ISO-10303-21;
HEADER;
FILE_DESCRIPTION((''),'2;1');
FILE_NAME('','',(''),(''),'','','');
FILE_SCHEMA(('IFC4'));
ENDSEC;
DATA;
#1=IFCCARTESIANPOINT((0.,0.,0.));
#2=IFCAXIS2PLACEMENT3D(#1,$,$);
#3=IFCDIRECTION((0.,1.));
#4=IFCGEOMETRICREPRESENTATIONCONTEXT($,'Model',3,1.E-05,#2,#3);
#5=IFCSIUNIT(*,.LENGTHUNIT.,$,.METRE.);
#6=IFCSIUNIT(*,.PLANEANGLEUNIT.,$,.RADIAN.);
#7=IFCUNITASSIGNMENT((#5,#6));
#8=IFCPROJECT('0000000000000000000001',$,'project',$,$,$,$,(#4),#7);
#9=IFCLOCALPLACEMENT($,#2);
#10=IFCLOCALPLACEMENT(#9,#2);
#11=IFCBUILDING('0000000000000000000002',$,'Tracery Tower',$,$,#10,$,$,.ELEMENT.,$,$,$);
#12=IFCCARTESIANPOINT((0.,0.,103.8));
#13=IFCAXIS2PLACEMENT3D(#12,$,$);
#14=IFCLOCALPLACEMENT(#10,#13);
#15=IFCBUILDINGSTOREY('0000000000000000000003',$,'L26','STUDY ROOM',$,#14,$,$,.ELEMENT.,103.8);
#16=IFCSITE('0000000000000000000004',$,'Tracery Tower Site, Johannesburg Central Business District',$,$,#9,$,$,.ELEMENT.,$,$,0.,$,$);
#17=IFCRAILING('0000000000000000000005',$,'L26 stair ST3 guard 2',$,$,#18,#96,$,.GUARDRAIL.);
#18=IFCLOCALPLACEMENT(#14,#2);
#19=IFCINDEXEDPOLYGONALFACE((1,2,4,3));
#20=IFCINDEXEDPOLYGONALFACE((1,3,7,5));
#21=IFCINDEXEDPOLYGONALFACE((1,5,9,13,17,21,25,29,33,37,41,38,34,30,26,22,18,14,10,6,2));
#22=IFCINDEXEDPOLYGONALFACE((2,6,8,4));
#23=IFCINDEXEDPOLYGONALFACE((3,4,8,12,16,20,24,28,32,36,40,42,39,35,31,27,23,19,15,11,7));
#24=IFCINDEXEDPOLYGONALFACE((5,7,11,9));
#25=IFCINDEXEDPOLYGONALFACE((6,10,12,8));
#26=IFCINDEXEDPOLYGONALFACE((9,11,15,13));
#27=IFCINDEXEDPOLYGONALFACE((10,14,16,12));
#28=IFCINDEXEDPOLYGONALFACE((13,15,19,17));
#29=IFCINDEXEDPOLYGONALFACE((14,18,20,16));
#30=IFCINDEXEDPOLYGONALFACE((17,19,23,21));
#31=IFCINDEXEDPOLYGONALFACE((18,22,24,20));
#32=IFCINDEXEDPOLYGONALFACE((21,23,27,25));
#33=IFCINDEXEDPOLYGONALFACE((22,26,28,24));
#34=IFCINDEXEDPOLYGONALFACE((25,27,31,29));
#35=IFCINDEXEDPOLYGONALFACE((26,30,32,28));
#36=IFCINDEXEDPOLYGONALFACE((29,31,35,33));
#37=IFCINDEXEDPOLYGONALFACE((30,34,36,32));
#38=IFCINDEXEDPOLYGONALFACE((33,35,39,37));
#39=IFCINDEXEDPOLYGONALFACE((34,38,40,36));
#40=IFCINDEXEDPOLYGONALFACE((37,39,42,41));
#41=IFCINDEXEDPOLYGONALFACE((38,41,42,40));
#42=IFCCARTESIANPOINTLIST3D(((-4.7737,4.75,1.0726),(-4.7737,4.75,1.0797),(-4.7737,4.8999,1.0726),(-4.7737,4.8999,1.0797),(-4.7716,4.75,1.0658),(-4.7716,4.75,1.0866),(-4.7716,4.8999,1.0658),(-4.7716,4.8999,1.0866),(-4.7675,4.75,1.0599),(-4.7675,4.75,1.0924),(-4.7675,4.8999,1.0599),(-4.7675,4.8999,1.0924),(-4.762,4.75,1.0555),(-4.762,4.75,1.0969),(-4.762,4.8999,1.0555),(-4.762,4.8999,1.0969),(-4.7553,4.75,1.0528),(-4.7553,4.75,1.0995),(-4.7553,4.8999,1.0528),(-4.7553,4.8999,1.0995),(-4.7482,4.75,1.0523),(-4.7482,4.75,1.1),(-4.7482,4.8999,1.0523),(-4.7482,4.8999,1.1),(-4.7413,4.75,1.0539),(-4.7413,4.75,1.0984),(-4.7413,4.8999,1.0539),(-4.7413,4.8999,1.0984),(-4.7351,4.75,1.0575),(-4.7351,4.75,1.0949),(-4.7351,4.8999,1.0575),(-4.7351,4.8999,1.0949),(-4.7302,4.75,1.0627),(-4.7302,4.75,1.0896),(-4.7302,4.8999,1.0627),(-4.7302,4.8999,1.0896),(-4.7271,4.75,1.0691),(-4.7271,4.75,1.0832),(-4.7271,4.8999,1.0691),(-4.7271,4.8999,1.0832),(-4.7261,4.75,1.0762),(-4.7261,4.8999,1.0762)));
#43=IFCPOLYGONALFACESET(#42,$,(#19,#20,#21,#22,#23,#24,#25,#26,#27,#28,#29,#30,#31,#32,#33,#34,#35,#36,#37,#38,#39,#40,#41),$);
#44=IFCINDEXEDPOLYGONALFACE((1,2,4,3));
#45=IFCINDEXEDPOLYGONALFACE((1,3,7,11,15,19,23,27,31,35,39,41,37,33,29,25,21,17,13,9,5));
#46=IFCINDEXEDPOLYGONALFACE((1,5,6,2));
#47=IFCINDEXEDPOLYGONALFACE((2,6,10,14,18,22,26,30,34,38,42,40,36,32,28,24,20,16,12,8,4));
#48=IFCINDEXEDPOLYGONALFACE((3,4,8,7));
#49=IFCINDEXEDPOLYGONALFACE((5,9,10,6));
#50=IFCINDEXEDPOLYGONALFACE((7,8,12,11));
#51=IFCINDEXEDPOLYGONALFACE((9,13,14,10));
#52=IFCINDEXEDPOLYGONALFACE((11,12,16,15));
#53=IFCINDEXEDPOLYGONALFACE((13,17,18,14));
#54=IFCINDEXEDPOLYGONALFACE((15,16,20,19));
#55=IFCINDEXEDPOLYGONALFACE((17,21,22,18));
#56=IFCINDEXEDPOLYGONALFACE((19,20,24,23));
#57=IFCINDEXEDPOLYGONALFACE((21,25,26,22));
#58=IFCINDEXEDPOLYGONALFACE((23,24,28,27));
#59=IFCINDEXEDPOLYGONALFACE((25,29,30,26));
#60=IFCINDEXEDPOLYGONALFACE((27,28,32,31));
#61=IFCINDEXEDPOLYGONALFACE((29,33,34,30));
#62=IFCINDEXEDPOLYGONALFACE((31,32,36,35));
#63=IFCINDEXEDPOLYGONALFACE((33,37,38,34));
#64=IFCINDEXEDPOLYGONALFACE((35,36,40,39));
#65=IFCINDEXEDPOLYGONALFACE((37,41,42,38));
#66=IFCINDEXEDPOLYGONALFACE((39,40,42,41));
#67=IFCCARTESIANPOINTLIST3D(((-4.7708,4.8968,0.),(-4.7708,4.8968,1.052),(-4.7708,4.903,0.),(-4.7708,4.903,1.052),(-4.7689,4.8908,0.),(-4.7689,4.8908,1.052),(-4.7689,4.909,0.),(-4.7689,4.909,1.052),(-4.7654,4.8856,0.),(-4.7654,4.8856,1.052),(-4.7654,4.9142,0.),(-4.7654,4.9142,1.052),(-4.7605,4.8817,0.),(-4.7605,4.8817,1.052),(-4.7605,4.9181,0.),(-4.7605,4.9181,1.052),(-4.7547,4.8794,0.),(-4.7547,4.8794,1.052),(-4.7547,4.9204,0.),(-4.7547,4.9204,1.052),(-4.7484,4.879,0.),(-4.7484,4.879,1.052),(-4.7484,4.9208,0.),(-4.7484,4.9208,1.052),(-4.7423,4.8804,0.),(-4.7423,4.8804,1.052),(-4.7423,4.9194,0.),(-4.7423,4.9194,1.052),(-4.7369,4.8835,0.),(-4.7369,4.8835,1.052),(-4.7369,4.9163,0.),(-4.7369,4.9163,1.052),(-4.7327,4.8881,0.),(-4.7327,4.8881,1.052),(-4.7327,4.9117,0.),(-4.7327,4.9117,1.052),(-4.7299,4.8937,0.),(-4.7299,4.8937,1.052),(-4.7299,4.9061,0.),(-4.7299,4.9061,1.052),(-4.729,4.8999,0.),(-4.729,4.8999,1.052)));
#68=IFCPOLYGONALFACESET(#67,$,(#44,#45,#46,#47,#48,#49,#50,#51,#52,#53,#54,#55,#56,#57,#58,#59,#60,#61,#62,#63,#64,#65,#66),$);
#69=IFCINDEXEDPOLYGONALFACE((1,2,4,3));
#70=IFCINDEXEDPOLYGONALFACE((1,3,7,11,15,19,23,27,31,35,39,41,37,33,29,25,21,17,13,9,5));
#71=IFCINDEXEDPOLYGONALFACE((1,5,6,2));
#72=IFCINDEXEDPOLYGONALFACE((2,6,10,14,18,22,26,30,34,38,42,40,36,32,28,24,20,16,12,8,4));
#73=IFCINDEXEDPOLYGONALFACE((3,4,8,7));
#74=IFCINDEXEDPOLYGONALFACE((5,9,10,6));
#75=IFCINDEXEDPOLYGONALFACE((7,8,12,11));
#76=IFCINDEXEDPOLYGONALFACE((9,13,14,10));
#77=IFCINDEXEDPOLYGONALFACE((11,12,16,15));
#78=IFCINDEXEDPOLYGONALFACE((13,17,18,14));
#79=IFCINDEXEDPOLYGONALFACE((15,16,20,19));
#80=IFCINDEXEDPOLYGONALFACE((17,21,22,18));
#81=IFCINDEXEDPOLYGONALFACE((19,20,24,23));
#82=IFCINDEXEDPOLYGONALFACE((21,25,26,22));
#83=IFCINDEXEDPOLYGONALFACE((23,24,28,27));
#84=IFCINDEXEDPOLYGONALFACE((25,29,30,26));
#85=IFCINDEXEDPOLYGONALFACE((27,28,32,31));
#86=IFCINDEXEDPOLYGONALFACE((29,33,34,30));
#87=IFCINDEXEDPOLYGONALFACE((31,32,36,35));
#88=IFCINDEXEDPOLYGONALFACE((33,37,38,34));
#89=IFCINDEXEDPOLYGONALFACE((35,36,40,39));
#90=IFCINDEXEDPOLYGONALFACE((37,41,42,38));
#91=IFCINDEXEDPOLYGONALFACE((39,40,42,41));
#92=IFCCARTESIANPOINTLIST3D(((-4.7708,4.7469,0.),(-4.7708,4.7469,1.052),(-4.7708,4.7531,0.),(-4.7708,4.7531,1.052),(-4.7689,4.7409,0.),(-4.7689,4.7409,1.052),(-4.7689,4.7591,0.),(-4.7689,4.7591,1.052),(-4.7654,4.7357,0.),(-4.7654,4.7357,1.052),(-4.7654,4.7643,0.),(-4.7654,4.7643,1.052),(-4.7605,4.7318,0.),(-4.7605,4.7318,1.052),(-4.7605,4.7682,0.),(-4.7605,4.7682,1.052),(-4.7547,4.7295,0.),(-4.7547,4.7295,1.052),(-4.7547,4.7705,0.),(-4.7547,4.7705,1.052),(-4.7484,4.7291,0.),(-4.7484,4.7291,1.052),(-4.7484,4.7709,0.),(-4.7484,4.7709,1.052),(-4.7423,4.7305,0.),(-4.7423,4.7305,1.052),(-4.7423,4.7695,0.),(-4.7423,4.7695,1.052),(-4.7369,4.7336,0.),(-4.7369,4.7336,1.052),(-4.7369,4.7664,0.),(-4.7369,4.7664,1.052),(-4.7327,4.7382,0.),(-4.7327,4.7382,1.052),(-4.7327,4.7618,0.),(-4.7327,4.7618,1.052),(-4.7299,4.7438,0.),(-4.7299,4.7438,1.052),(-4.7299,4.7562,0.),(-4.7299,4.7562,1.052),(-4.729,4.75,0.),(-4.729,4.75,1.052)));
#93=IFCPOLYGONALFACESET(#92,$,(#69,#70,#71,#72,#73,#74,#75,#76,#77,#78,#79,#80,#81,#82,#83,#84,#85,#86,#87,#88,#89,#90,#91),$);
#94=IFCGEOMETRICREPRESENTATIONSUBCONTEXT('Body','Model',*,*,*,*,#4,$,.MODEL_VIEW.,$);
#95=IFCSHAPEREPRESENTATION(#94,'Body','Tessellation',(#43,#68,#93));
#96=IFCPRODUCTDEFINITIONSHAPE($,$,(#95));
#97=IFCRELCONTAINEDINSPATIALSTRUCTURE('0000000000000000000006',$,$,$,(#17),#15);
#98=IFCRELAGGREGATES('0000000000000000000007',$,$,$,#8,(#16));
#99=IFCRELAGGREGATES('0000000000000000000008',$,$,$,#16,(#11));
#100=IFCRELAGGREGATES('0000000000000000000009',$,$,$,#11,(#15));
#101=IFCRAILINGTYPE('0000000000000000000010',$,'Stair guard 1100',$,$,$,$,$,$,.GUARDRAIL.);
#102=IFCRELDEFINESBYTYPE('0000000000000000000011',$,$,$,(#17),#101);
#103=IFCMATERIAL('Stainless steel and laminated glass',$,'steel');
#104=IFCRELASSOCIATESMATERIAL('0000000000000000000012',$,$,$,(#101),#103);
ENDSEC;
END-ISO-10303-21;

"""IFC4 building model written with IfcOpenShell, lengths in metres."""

from ifc_helpers import new_model, si_unit, direction, frame, origin, origin_2d, place, context, subcontext, project, spatial, circle, extrude, material, type_object, element, save


model = new_model("IFC4")

# Units and contexts
model_context = context("Model", 3, precision=1e-05, world=origin(), true_north=direction((0.0, 1.0)))
body_context = subcontext(model_context, "Body", "Model", "MODEL_VIEW")
ifc_project = project(units=[si_unit("LENGTHUNIT", "METRE"), si_unit("PLANEANGLEUNIT", "RADIAN")], contexts=[model_context])

# Site, building, storey
site_placement = place(None, origin())
site = spatial("IfcSite", under=ifc_project, at=site_placement, Name="Tracery Tower Site, Johannesburg Central Business District", CompositionType="ELEMENT", RefElevation=0.0)
building_placement = place(site_placement, origin())
building = spatial("IfcBuilding", under=site, at=building_placement, Name="Tracery Tower", CompositionType="ELEMENT")
storey_placement = place(building_placement, frame((0.0, 0.0, 103.8)))
storey = spatial("IfcBuildingStorey", under=building, at=storey_placement, Name="L26", Description="STUDY ROOM", CompositionType="ELEMENT", Elevation=103.8)

# Railing
ifc_material_1 = material(Name="Stainless steel and laminated glass", Category="steel")
railing_type_1 = type_object("IfcRailingType", Name="Stair guard 1100", PredefinedType="GUARDRAIL", material=ifc_material_1)
railing_1_placement = place(storey_placement, frame((-4.75, 4.8999, 0.0)))
element("IfcRailing", 1, at=railing_1_placement, inside=storey, type_object=railing_type_1, Name="L26 stair ST3 guard 2", PredefinedType="GUARDRAIL", context=body_context, shape_type="SweptSolid", body=[
    extrude(circle(Radius=0.0239, at=origin_2d()), frame((0.0, 0.0, 1.0762), z_axis=(0.0, -1.0, 0.0), x_axis=(1.0, 0.0, 0.0)), (0.0, 0.0, 1.0), 0.1499),
    extrude(circle(Radius=0.021, at=origin_2d()), origin(), (0.0, 0.0, 1.0), 1.052),
    extrude(circle(Radius=0.021, at=origin_2d()), frame((0.0, -0.1499, 0.0)), (0.0, 0.0, 1.0), 1.052),
])

save(model, "model.ifc")
